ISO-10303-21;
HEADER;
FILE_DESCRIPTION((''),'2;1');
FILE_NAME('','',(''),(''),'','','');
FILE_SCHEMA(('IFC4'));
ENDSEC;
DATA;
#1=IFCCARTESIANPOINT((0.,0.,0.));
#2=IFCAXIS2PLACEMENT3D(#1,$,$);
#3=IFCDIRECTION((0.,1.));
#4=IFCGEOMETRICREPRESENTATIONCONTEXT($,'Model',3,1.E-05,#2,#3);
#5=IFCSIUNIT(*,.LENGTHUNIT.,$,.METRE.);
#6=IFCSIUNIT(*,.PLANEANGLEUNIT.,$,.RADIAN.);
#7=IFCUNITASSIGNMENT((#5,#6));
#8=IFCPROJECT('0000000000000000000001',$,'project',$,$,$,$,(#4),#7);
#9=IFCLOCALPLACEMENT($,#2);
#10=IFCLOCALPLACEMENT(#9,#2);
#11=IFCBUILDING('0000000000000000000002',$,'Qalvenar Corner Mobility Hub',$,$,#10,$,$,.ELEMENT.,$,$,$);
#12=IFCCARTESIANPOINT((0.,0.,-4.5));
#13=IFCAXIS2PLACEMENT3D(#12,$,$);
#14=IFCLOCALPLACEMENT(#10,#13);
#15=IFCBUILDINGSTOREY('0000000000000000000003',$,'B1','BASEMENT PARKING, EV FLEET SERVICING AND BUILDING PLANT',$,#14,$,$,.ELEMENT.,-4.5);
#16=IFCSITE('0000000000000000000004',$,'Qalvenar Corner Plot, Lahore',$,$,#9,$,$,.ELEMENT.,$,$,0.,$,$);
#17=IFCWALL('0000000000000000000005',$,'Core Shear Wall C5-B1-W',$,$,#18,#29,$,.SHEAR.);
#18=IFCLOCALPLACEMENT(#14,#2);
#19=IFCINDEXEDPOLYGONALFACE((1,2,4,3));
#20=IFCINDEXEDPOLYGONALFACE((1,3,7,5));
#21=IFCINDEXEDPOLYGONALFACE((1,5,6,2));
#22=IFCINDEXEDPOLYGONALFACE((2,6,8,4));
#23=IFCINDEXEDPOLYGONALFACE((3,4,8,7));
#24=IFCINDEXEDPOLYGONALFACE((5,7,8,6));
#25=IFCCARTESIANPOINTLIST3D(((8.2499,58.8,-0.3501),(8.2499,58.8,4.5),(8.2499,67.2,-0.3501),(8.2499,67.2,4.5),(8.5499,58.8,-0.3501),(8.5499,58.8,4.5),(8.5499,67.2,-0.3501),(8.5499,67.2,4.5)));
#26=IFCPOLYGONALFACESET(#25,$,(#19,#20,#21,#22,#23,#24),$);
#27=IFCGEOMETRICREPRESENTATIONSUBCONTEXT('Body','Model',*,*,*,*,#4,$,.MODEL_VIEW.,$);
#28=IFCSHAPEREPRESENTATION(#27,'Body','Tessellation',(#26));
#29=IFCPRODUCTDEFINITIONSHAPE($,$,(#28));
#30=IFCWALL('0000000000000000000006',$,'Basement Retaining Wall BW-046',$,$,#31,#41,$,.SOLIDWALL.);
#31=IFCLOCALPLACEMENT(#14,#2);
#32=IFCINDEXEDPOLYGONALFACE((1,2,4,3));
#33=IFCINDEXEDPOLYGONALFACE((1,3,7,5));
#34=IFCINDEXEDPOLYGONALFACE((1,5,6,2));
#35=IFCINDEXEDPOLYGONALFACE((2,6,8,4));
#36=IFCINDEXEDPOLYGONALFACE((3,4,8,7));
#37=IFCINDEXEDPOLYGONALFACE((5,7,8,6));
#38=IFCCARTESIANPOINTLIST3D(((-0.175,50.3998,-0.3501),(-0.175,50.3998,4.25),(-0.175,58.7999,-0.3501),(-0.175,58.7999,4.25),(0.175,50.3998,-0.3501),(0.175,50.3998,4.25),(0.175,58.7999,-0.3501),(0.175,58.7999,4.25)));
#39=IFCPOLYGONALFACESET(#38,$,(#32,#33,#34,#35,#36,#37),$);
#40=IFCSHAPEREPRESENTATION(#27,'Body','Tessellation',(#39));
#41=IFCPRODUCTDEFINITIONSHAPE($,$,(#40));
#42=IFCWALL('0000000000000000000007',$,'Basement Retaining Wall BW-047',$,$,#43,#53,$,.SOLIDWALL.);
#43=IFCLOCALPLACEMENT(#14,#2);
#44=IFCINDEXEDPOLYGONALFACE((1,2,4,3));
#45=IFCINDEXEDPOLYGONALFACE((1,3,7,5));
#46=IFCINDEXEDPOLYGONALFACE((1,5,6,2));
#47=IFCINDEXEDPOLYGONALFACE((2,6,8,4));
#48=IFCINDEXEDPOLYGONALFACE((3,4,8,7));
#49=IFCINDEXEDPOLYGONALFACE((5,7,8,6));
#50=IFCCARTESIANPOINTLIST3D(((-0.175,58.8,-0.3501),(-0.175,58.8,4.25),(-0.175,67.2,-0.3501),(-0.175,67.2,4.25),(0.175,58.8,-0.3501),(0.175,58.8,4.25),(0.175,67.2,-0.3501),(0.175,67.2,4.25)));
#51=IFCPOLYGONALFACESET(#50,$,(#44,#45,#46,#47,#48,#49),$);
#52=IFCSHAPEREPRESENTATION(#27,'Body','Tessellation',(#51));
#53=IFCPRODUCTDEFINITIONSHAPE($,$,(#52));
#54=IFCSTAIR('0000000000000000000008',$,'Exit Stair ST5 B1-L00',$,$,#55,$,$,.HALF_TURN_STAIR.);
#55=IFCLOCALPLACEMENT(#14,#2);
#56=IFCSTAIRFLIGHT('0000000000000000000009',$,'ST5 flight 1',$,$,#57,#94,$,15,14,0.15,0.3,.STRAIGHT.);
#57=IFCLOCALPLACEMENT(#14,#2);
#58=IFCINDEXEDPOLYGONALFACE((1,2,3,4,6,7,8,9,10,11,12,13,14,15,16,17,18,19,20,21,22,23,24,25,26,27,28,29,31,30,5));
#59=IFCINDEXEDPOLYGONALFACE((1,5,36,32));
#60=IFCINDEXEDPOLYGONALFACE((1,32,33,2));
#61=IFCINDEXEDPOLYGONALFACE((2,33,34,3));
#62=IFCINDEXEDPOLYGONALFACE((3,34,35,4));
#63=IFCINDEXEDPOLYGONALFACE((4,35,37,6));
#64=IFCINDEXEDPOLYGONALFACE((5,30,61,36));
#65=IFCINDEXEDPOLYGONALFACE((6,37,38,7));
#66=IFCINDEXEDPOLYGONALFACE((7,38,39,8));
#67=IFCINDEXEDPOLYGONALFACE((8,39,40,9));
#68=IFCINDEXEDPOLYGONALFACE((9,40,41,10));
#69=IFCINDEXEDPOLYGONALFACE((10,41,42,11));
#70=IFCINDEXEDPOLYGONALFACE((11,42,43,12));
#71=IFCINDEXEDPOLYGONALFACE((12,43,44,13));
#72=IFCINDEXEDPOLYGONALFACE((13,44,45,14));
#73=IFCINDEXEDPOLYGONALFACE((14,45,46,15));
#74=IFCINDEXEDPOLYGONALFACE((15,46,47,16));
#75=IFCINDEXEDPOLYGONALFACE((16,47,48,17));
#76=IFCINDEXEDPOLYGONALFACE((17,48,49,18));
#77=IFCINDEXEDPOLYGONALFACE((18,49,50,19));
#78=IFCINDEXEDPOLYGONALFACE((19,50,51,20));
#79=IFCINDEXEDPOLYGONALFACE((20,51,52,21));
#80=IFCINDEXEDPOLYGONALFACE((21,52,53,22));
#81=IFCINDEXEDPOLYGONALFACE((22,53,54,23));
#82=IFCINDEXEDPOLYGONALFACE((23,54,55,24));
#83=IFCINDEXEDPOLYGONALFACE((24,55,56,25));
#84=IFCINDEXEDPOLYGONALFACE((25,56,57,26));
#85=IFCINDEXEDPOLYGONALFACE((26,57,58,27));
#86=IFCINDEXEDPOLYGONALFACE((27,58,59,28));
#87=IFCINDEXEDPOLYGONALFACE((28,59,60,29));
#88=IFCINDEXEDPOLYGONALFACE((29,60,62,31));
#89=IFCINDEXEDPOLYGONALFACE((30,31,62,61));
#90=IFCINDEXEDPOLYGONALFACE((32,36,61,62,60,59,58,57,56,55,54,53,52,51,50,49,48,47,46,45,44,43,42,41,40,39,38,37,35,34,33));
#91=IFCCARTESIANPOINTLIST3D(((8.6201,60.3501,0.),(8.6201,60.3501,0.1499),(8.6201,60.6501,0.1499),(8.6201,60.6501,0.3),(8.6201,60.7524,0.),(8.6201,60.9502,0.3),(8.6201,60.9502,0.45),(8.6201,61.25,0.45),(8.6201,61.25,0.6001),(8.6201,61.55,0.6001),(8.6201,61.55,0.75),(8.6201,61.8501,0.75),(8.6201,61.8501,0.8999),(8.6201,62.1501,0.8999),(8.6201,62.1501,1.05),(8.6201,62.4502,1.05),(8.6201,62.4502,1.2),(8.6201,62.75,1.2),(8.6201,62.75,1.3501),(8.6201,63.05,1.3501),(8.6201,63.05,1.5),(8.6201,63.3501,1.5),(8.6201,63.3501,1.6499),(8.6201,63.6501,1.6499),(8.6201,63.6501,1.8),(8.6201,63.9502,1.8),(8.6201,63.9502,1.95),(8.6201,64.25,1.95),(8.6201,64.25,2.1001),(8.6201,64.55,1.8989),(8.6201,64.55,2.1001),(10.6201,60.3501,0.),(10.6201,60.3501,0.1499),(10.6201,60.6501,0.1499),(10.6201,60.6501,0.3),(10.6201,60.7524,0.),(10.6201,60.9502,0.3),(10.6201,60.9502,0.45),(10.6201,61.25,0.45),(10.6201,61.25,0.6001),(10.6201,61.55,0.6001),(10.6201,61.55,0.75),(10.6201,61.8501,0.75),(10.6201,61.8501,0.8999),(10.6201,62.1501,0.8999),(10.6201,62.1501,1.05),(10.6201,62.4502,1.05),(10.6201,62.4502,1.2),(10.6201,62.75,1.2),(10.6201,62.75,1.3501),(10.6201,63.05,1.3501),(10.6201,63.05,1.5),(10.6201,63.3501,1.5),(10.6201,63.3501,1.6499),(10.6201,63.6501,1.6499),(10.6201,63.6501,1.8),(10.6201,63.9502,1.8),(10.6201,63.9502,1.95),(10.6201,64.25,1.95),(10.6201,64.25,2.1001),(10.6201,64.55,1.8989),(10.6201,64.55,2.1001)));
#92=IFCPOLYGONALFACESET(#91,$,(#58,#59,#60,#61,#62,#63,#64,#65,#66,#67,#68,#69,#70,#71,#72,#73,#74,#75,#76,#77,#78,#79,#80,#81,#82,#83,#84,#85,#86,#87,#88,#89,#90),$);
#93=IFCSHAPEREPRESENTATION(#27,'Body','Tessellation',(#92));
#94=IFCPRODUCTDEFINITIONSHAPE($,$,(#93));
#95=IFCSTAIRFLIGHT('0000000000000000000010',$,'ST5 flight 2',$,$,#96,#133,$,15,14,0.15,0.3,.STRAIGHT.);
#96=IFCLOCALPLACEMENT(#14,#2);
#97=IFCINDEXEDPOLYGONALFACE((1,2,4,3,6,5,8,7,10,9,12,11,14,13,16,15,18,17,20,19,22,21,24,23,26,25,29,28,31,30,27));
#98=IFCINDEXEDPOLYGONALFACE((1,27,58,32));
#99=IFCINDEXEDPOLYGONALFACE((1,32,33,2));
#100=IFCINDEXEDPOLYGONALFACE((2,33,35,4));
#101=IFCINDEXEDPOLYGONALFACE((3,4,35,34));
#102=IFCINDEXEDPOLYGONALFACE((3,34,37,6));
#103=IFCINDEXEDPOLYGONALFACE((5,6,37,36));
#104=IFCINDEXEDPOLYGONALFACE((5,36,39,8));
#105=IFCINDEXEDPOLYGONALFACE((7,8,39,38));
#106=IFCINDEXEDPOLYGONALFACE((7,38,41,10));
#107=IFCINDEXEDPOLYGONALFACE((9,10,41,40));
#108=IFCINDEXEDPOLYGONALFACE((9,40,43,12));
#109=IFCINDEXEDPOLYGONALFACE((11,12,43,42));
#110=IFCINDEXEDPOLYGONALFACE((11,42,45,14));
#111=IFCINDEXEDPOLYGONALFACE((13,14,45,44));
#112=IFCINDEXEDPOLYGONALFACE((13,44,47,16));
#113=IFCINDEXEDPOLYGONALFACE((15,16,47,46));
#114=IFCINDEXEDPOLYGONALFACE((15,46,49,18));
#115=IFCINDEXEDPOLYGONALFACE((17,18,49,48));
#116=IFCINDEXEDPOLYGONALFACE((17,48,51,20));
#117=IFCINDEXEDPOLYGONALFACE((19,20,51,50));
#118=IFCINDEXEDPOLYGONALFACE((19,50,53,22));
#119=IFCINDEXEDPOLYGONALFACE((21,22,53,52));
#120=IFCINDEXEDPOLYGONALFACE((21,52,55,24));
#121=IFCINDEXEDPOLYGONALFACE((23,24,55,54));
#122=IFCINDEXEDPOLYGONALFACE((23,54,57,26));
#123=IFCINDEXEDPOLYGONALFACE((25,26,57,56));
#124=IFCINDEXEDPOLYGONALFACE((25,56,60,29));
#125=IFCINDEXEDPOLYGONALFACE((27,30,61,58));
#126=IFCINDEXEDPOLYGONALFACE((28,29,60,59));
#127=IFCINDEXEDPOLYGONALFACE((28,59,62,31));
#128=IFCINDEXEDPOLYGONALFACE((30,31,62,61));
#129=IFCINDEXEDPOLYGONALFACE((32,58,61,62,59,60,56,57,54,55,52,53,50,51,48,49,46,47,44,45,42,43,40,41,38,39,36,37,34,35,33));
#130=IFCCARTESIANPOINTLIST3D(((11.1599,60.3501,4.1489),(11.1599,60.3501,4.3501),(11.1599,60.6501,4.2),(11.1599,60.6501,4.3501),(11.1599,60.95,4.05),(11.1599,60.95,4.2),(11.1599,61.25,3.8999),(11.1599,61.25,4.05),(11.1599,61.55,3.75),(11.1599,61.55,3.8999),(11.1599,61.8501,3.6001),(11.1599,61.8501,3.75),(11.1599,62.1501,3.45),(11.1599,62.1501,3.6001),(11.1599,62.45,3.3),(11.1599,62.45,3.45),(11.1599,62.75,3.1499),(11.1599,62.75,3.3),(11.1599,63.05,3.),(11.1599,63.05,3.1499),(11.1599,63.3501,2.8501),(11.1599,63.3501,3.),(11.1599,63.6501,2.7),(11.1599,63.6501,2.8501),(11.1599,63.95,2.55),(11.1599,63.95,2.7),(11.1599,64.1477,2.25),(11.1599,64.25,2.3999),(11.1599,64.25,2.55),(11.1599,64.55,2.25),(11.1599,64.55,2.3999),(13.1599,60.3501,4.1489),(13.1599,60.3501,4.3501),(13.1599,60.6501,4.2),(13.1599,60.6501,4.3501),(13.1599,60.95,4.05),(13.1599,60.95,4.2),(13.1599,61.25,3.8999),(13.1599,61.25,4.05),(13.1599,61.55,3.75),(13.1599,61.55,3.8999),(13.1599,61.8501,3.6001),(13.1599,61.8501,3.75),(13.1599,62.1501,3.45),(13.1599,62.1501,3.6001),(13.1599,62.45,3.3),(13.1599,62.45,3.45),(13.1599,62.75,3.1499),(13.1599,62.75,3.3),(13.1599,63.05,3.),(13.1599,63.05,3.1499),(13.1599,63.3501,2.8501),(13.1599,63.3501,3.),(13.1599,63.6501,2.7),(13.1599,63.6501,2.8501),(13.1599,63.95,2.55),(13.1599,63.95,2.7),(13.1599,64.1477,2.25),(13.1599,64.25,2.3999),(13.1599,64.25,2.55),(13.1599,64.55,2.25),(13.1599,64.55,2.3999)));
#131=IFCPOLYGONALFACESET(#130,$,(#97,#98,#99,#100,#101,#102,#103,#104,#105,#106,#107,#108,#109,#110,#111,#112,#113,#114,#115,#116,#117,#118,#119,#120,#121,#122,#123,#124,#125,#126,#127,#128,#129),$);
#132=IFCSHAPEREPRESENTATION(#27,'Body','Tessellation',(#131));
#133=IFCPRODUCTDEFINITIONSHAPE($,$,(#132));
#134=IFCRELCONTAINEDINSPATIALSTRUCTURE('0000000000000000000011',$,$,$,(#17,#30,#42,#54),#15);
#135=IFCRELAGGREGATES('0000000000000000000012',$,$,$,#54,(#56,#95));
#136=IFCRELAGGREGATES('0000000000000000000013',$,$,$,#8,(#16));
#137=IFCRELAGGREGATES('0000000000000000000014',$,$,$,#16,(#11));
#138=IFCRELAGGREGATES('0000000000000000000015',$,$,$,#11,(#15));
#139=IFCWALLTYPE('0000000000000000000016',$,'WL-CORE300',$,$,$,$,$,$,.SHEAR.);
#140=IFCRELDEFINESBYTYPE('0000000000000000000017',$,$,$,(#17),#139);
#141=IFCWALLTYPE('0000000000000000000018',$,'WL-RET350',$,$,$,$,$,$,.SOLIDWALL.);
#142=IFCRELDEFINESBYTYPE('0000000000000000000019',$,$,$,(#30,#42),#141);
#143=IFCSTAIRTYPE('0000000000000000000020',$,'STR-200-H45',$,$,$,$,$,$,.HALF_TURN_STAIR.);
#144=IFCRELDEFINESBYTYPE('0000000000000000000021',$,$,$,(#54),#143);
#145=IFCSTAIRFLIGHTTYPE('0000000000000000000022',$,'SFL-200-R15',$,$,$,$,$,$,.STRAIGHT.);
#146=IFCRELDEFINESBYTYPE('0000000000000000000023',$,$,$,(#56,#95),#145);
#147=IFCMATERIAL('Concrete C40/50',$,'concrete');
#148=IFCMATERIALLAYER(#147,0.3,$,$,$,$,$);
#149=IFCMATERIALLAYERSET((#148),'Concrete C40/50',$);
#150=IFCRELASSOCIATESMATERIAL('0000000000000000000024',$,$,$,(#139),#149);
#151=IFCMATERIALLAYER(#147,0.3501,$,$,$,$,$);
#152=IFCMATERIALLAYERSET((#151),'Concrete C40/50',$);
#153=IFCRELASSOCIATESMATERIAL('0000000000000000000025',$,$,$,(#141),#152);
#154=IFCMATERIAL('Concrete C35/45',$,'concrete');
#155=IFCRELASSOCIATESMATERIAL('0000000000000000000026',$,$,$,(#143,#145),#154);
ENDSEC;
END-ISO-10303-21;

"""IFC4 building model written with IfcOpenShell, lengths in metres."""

from ifc_helpers import new_model, si_unit, direction, frame, frame_2d, origin, place, context, subcontext, project, spatial, polyline, rectangle, outline, extrude, material, layer, layer_set, type_object, element, aggregate, save


model = new_model("IFC4")

# Units and contexts
model_context = context("Model", 3, precision=1e-05, world=origin(), true_north=direction((0.0, 1.0)))
body_context = subcontext(model_context, "Body", "Model", "MODEL_VIEW")
ifc_project = project(units=[si_unit("LENGTHUNIT", "METRE"), si_unit("PLANEANGLEUNIT", "RADIAN")], contexts=[model_context])

# Site, building, storey
site_placement = place(None, origin())
site = spatial("IfcSite", under=ifc_project, at=site_placement, Name="Qalvenar Corner Plot, Lahore", CompositionType="ELEMENT", RefElevation=0.0)
building_placement = place(site_placement, origin())
building = spatial("IfcBuilding", under=site, at=building_placement, Name="Qalvenar Corner Mobility Hub", CompositionType="ELEMENT")
storey_placement = place(building_placement, frame((0.0, 0.0, -4.5)))
storey = spatial("IfcBuildingStorey", under=building, at=storey_placement, Name="B1", Description="BASEMENT PARKING, EV FLEET SERVICING AND BUILDING PLANT", CompositionType="ELEMENT", Elevation=-4.5)

# Shared definitions
ifc_material_1 = material(Name="Concrete C40/50", Category="concrete")

# Shared definitions
ifc_layer_1 = layer(ifc_material_1, 0.3)
ifc_layer_set_1 = layer_set([ifc_layer_1], Name="Concrete C40/50")
wall_type_1 = type_object("IfcWallType", Name="WL-CORE300", PredefinedType="SHEAR", material=ifc_layer_set_1)

# Walls
wall_1_placement = place(storey_placement, frame((8.3999, 67.2, -0.3501), z_axis=(0.0, 0.0, 1.0), x_axis=(0.0, -1.0, 0.0)))
element("IfcWall", 1, at=wall_1_placement, inside=storey, type_object=wall_type_1, Name="Core Shear Wall C5-B1-W", PredefinedType="SHEAR", context=body_context, shape_type="SweptSolid", body=[
    extrude(rectangle(XDim=8.3999, YDim=0.3, at=frame_2d((4.2, 0.0))), origin(), (0.0, 0.0, 1.0), 4.8501),
])
ifc_layer_2 = layer(ifc_material_1, 0.3501)
ifc_layer_set_2 = layer_set([ifc_layer_2], Name="Concrete C40/50")
wall_type_2 = type_object("IfcWallType", Name="WL-RET350", PredefinedType="SOLIDWALL", material=ifc_layer_set_2)
wall_2_placement = place(storey_placement, frame((0.0, 58.8, -0.3501), z_axis=(0.0, 0.0, 1.0), x_axis=(0.0, -1.0, 0.0)))
element("IfcWall", 2, at=wall_2_placement, inside=storey, type_object=wall_type_2, Name="Basement Retaining Wall BW-046", PredefinedType="SOLIDWALL", context=body_context, shape_type="SweptSolid", body=[
    extrude(rectangle(XDim=8.4001, YDim=0.3501, at=frame_2d((4.2002, 0.0))), origin(), (0.0, 0.0, 1.0), 4.6001),
])
wall_3_placement = place(storey_placement, frame((0.0, 67.2, -0.3501), z_axis=(0.0, 0.0, 1.0), x_axis=(0.0, -1.0, 0.0)))
element("IfcWall", 3, at=wall_3_placement, inside=storey, type_object=wall_type_2, Name="Basement Retaining Wall BW-047", PredefinedType="SOLIDWALL", context=body_context, shape_type="SweptSolid", body=[
    extrude(rectangle(XDim=8.3999, YDim=0.3501, at=frame_2d((4.2, 0.0))), origin(), (0.0, 0.0, 1.0), 4.6001),
])

# Stair, stair flights
ifc_material_2 = material(Name="Concrete C35/45", Category="concrete")
stair_type = type_object("IfcStairType", Name="STR-200-H45", PredefinedType="HALF_TURN_STAIR", material=ifc_material_2)
stair_placement = place(storey_placement, origin())
stair = element("IfcStair", 4, at=stair_placement, inside=storey, type_object=stair_type, Name="Exit Stair ST5 B1-L00", PredefinedType="HALF_TURN_STAIR")
stair_flight_type = type_object("IfcStairFlightType", Name="SFL-200-R15", PredefinedType="STRAIGHT", material=ifc_material_2)
stair_flight_1_placement = place(storey_placement, frame((9.6201, 60.3501, 0.0), z_axis=(0.0, 0.0, 1.0), x_axis=(0.0, 1.0, 0.0)))
stair_flight_1 = element("IfcStairFlight", 5, at=stair_flight_1_placement, type_object=stair_flight_type, Name="ST5 flight 1", NumberOfRisers=15, NumberOfTreads=14, PredefinedType="STRAIGHT", RiserHeight=0.15, TreadLength=0.3, context=body_context, shape_type="SweptSolid", body=[
    extrude(outline(polyline([(0.0, 0.0), (0.0, 0.1499), (0.3, 0.1499), (0.3, 0.3), (0.6001, 0.3), (0.6001, 0.45), (0.8999, 0.45), (0.8999, 0.6001), (1.2, 0.6001), (1.2, 0.75), (1.5, 0.75), (1.5, 0.8999), (1.8, 0.8999), (1.8, 1.05), (2.1001, 1.05), (2.1001, 1.2), (2.3999, 1.2), (2.3999, 1.3501), (2.7, 1.3501), (2.7, 1.5), (3.0, 1.5), (3.0, 1.6499), (3.3, 1.6499), (3.3, 1.8), (3.6001, 1.8), (3.6001, 1.95), (3.8999, 1.95), (3.8999, 2.1001), (4.2, 2.1001), (4.2, 2.25), (4.2, 1.8989), (0.4023, 0.0), (0.0, 0.0)])), frame((0.0, 1.0, 0.0), z_axis=(0.0, -1.0, 0.0), x_axis=(1.0, 0.0, 0.0)), (0.0, 0.0, 1.0), 2.0),
])
stair_flight_2_placement = place(storey_placement, frame((12.1599, 64.55, 2.25), z_axis=(0.0, 0.0, 1.0), x_axis=(0.0, -1.0, 0.0)))
stair_flight_2 = element("IfcStairFlight", 6, at=stair_flight_2_placement, type_object=stair_flight_type, Name="ST5 flight 2", NumberOfRisers=15, NumberOfTreads=14, PredefinedType="STRAIGHT", RiserHeight=0.15, TreadLength=0.3, context=body_context, shape_type="SweptSolid", body=[
    extrude(outline(polyline([(0.0, 0.0), (0.0, 0.1499), (0.3, 0.1499), (0.3, 0.3), (0.6001, 0.3), (0.6001, 0.45), (0.8999, 0.45), (0.8999, 0.6001), (1.2, 0.6001), (1.2, 0.75), (1.5, 0.75), (1.5, 0.8999), (1.8, 0.8999), (1.8, 1.05), (2.1001, 1.05), (2.1001, 1.2), (2.3999, 1.2), (2.3999, 1.3501), (2.7, 1.3501), (2.7, 1.5), (3.0, 1.5), (3.0, 1.6499), (3.3, 1.6499), (3.3, 1.8), (3.6001, 1.8), (3.6001, 1.95), (3.8999, 1.95), (3.8999, 2.1001), (4.2, 2.1001), (4.2, 2.25), (4.2, 1.8989), (0.4023, 0.0), (0.0, 0.0)])), frame((0.0, 1.0, 0.0), z_axis=(0.0, -1.0, 0.0), x_axis=(1.0, 0.0, 0.0)), (0.0, 0.0, 1.0), 2.0),
])
aggregate(stair, [stair_flight_1, stair_flight_2])

save(model, "model.ifc")
